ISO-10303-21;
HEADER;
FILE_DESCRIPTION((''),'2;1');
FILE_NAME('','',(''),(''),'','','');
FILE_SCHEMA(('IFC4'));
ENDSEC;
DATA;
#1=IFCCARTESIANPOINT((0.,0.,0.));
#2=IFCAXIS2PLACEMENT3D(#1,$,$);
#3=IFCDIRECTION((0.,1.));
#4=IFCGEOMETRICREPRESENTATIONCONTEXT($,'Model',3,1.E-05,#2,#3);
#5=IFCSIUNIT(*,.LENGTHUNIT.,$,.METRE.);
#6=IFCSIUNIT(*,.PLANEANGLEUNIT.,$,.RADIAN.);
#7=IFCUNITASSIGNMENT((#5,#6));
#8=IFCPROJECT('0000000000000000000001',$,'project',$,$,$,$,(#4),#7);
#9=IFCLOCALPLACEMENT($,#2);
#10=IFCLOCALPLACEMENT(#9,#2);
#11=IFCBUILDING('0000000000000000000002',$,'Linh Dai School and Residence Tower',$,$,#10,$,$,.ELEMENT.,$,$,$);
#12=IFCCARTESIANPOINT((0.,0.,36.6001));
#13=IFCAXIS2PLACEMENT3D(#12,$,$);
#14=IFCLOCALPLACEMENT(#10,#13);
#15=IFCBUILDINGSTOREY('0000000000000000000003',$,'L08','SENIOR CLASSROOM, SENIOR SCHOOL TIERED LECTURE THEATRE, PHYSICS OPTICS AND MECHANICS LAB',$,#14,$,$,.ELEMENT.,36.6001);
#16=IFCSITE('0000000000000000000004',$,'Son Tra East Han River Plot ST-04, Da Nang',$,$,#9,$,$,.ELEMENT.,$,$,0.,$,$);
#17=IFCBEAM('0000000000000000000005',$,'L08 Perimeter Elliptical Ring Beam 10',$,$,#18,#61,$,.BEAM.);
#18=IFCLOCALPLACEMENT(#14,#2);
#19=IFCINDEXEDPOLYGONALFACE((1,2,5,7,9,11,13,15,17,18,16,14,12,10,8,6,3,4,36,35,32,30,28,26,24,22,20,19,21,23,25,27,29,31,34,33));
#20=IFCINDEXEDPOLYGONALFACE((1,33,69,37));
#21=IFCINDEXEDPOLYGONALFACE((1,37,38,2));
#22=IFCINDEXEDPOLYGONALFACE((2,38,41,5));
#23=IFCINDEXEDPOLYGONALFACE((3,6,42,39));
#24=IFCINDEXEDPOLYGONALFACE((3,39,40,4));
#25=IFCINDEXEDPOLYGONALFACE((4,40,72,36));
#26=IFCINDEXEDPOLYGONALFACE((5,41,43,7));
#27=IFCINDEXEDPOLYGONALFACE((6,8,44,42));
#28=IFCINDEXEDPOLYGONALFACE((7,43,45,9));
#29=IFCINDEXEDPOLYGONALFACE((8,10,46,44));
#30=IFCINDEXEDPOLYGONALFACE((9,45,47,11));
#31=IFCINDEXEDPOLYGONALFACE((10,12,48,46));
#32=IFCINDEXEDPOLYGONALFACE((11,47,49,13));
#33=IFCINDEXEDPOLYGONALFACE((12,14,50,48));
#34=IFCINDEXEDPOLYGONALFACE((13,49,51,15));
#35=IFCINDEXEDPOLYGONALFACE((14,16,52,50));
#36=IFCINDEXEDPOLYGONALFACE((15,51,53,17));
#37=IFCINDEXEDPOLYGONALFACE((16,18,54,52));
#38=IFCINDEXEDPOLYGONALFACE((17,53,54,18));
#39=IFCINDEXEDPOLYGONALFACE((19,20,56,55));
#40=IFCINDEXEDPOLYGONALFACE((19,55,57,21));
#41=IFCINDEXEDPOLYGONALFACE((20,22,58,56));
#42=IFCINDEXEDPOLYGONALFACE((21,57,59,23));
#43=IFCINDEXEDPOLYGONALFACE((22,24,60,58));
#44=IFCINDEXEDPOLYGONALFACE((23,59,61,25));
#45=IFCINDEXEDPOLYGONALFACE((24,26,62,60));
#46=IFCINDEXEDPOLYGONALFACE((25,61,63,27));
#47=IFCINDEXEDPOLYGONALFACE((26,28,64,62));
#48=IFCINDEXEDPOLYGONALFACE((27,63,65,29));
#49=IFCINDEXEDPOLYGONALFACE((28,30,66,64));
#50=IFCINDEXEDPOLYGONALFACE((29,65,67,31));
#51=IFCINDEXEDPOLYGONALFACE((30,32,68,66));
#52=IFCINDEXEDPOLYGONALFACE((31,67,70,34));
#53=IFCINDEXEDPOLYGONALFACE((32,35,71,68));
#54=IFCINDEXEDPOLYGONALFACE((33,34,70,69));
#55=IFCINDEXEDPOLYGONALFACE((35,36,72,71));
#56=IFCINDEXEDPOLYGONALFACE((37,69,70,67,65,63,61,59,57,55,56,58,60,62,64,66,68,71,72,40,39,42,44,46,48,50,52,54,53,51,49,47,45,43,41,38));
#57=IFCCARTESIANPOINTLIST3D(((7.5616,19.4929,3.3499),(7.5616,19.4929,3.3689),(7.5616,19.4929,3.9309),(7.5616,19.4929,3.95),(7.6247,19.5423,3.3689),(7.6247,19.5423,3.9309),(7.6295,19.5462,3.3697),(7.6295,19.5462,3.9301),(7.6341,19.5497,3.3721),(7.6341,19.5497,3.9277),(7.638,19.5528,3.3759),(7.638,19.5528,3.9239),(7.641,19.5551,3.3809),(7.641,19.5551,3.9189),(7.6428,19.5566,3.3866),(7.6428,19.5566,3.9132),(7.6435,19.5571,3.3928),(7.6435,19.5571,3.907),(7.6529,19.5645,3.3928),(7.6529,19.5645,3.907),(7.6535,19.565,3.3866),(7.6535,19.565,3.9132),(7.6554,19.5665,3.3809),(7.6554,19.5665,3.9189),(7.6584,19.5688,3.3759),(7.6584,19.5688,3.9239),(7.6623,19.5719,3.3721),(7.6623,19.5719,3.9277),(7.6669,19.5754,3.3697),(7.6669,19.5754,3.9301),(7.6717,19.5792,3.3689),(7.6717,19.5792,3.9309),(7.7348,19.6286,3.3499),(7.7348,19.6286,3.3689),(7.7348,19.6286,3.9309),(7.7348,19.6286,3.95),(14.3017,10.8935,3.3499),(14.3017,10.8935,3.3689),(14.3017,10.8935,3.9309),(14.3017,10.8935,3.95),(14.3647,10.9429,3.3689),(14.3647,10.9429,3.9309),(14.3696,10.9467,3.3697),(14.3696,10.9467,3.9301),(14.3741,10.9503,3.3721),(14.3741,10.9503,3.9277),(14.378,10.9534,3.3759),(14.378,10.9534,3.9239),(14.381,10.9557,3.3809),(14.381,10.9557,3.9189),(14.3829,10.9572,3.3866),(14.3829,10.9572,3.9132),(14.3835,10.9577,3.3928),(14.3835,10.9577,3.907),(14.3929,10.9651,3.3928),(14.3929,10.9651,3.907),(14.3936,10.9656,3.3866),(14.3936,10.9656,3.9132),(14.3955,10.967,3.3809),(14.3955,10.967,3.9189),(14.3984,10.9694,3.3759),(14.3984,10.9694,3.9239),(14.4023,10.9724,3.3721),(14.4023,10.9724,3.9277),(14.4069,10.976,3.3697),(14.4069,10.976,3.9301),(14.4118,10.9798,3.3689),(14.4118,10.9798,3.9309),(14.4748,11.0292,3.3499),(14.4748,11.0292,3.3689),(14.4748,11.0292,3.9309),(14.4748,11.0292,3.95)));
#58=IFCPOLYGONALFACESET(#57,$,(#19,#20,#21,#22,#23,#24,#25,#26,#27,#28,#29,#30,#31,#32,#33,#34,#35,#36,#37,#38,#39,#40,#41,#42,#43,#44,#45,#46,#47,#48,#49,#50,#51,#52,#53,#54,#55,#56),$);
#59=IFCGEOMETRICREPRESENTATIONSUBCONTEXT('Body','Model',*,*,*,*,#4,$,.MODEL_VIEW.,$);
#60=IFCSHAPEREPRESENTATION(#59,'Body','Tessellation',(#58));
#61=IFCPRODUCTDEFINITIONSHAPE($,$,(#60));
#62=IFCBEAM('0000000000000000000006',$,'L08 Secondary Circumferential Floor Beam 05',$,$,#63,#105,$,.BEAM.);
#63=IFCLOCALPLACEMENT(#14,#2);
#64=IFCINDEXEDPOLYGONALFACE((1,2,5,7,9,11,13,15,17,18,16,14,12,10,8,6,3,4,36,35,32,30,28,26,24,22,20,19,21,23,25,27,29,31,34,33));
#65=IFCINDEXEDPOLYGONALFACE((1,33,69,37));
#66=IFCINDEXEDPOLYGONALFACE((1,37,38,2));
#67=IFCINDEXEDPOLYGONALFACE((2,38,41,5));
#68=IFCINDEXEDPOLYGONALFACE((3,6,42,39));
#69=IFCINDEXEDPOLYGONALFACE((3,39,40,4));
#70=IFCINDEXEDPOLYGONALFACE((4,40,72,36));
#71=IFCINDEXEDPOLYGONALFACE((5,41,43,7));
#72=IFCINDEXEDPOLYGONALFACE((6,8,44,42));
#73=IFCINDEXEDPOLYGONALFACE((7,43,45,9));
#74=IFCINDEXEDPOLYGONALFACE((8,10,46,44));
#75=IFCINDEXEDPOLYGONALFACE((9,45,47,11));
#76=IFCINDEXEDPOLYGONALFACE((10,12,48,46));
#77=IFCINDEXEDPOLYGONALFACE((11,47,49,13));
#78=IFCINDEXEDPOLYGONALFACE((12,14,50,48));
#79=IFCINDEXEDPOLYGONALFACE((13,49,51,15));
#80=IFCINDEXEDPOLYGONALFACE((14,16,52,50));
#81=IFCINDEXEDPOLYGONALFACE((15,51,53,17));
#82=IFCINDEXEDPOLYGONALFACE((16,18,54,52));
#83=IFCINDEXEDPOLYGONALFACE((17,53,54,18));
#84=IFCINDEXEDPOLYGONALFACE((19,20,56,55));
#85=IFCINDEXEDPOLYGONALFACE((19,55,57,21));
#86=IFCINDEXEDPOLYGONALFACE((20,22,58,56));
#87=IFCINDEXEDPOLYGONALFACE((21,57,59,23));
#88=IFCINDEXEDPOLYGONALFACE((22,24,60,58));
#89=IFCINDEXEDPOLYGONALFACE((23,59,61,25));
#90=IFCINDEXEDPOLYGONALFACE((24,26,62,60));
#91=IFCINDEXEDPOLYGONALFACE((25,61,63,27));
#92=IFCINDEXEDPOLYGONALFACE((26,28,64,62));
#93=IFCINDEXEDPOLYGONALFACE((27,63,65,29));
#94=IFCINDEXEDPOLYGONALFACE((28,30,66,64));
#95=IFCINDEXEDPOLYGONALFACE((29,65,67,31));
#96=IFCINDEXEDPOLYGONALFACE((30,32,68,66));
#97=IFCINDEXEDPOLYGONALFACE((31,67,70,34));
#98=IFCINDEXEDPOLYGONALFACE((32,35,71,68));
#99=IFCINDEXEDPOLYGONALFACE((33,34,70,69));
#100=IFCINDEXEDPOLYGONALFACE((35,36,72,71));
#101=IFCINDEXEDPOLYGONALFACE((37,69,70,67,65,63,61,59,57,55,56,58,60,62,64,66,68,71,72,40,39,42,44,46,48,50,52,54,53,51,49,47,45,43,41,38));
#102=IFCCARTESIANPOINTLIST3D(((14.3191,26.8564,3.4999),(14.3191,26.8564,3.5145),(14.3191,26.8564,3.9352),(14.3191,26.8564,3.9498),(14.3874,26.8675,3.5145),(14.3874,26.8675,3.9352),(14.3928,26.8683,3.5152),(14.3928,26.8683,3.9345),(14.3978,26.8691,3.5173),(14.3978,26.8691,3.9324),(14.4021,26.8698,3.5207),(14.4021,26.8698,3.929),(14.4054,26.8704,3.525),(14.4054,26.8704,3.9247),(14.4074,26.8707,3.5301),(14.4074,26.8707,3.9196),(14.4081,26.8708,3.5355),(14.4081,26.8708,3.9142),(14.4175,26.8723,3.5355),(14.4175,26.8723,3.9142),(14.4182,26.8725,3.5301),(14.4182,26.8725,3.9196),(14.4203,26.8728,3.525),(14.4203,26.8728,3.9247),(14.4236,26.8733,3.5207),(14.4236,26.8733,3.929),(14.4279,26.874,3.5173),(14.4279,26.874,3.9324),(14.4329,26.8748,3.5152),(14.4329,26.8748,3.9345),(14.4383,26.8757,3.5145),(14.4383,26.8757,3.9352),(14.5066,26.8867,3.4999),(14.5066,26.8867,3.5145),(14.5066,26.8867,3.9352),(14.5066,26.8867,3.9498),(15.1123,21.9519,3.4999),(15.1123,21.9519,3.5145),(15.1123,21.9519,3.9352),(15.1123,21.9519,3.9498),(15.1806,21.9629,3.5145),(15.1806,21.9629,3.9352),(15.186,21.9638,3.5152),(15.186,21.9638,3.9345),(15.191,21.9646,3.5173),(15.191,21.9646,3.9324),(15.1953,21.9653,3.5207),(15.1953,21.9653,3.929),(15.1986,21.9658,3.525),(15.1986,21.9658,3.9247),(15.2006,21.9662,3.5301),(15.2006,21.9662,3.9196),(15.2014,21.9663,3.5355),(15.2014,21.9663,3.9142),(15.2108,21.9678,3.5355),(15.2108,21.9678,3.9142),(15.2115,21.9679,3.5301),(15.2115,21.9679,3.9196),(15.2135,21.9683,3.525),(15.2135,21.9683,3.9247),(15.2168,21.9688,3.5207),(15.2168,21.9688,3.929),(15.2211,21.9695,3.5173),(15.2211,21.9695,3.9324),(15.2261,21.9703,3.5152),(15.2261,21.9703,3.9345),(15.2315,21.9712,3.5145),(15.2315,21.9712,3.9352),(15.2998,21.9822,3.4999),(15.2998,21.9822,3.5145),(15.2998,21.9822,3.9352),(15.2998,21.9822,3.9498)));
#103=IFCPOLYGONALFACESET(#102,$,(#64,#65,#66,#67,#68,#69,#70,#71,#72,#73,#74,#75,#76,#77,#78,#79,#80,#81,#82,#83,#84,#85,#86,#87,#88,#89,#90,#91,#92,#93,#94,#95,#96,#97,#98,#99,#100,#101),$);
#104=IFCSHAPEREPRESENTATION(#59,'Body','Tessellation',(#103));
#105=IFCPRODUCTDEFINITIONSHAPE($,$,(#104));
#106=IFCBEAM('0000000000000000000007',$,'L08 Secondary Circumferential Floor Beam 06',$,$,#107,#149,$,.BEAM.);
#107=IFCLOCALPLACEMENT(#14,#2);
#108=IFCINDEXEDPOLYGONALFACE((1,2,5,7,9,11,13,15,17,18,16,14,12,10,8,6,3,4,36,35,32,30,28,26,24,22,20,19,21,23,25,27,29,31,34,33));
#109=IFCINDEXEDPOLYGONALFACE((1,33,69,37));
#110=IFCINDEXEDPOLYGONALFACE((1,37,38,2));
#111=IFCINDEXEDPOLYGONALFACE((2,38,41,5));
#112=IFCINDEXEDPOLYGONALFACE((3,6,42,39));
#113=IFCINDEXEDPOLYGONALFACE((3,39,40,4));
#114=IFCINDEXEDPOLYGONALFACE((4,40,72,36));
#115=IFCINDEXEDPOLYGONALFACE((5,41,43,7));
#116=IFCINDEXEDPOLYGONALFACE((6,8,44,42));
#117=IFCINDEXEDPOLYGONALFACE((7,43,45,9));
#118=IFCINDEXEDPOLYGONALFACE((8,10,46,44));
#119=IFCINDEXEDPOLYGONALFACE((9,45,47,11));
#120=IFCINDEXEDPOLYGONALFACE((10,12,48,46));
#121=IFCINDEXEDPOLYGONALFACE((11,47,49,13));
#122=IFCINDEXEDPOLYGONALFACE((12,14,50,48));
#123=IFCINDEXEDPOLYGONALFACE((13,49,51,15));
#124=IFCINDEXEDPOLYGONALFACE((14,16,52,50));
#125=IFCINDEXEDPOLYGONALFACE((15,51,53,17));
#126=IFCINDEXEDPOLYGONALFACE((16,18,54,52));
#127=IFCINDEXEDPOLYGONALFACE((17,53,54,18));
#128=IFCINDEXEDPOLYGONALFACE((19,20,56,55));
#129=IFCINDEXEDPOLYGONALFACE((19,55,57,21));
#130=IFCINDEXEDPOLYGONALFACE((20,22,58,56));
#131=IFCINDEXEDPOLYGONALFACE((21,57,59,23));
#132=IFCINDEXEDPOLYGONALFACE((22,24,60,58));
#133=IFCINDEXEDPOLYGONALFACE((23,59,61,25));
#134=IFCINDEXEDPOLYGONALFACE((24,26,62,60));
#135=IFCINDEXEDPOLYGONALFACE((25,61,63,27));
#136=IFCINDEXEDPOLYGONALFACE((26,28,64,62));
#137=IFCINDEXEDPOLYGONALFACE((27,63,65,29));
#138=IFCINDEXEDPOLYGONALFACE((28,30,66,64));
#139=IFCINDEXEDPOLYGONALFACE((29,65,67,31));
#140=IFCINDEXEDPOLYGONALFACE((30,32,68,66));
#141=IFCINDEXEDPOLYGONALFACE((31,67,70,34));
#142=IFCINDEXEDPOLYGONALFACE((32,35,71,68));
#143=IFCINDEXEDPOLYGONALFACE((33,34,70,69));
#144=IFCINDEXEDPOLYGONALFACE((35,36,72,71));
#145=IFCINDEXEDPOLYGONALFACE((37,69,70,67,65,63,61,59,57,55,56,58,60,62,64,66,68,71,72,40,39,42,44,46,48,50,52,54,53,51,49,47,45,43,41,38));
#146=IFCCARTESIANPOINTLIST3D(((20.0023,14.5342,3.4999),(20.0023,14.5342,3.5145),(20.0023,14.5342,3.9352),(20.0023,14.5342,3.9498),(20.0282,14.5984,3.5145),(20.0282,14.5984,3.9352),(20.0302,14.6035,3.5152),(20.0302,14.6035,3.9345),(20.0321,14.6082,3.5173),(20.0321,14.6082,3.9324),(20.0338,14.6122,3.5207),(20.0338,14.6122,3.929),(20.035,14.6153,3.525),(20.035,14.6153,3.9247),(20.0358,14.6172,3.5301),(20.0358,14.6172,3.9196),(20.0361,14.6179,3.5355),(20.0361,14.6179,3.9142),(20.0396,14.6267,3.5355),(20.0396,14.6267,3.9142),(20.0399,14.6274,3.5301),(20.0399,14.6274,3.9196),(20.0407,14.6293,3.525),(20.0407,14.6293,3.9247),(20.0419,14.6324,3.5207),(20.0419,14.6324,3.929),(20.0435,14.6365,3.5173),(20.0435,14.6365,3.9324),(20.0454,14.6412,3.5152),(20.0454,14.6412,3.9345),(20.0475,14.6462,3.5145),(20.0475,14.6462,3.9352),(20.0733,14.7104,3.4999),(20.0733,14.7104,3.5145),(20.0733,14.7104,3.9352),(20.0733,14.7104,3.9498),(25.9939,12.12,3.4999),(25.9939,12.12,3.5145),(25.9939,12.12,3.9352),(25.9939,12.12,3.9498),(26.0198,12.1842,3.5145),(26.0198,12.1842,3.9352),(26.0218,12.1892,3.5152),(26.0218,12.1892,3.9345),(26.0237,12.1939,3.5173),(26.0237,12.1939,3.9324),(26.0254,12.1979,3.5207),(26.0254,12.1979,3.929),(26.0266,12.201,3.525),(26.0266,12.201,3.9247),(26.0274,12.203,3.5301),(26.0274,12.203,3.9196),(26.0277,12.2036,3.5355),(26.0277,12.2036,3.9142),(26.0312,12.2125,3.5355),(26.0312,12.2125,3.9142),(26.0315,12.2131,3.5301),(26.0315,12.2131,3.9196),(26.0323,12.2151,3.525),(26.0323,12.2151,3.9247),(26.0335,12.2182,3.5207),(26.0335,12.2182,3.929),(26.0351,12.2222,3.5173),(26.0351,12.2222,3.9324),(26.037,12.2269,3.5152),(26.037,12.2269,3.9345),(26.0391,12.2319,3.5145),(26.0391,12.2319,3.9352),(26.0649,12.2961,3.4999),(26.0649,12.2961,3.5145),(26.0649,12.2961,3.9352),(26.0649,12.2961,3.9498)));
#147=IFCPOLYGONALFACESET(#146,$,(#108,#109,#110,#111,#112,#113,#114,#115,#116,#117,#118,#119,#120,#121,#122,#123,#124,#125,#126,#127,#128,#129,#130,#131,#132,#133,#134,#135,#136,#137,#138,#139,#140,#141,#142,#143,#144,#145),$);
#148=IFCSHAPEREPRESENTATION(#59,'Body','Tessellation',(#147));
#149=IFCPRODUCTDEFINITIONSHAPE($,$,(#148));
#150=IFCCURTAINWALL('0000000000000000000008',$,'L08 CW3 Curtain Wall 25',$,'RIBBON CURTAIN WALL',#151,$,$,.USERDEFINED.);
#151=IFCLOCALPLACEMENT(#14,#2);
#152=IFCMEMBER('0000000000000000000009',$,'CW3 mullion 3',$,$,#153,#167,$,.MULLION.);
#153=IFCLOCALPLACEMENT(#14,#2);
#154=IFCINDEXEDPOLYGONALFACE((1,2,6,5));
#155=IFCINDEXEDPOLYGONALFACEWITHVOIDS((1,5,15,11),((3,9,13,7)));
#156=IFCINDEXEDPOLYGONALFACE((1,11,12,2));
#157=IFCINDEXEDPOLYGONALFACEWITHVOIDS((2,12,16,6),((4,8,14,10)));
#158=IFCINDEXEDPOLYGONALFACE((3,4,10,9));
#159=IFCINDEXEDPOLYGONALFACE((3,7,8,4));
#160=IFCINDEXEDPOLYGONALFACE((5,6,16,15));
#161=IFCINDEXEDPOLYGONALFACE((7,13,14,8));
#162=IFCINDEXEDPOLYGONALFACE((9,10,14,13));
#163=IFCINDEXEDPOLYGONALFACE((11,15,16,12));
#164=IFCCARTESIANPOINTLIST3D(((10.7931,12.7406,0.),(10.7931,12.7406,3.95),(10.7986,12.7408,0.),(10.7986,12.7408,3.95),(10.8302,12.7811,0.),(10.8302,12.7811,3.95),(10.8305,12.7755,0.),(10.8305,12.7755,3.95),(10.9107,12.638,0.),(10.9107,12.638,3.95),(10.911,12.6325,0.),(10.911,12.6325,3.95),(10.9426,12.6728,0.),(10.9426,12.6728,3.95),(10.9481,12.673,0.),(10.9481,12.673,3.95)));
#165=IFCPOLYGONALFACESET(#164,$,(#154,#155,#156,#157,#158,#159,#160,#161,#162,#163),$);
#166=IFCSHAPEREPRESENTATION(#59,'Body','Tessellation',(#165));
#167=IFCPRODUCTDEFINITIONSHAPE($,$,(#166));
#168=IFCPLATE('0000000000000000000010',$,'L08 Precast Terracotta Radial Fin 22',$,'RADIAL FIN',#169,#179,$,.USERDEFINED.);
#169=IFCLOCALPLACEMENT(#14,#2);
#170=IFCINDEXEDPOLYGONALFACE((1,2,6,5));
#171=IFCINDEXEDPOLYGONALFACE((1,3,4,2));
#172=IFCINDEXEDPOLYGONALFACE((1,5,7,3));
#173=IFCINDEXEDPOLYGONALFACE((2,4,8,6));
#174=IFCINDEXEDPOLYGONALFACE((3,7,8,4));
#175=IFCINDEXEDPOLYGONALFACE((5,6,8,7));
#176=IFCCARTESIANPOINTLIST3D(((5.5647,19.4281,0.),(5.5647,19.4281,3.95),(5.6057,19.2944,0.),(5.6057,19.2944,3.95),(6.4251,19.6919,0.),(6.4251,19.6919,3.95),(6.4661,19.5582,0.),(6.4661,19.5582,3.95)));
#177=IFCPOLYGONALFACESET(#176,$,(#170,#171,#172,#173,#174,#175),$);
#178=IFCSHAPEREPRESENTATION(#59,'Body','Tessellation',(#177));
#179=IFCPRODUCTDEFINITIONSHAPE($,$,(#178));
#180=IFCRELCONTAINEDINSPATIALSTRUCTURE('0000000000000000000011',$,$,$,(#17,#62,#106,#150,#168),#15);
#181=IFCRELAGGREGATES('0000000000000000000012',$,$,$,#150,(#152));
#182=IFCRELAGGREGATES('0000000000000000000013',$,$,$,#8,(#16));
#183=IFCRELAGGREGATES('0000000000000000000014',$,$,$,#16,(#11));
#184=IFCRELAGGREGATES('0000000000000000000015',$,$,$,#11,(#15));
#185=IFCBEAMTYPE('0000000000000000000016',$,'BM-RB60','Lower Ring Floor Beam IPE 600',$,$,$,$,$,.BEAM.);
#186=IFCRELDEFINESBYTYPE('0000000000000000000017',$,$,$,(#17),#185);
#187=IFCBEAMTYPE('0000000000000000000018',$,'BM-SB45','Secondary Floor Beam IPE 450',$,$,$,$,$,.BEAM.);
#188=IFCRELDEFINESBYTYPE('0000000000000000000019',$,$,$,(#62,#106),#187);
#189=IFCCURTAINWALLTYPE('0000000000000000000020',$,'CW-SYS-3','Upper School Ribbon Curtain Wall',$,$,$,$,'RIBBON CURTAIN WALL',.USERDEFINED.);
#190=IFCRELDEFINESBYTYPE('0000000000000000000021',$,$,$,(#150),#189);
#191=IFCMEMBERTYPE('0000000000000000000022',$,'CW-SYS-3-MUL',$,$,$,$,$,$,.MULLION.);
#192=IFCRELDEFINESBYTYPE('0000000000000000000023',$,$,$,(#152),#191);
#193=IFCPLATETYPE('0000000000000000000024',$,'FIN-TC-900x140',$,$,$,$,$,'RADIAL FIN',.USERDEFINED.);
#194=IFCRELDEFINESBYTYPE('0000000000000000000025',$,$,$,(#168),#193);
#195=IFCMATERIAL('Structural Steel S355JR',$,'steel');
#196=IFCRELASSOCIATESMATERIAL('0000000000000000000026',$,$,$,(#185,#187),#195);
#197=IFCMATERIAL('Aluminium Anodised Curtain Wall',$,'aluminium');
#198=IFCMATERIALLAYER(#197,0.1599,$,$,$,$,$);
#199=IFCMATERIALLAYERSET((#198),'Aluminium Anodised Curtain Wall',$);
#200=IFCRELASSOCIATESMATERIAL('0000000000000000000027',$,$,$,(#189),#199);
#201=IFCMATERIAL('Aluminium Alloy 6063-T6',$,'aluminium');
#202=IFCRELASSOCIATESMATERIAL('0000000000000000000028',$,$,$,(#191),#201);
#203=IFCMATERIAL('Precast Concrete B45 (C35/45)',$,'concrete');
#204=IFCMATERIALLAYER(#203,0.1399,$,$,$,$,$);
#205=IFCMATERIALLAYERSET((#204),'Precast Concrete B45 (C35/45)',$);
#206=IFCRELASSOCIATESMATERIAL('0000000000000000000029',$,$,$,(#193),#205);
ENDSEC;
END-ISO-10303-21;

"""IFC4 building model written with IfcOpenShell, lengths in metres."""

from ifc_helpers import new_model, si_unit, direction, frame, origin, origin_2d, place, context, subcontext, project, spatial, rectangle, hollow_rectangle, i_section, extrude, source, transform, mapped, material, layer, layer_set, material_profile, profile_set, type_object, element, aggregate, save


model = new_model("IFC4")

# Units and contexts
model_context = context("Model", 3, precision=1e-05, world=origin(), true_north=direction((0.0, 1.0)))
body_context = subcontext(model_context, "Body", "Model", "MODEL_VIEW")
ifc_project = project(units=[si_unit("LENGTHUNIT", "METRE"), si_unit("PLANEANGLEUNIT", "RADIAN")], contexts=[model_context])

# Site, building, storey
site_placement = place(None, origin())
site = spatial("IfcSite", under=ifc_project, at=site_placement, Name="Son Tra East Han River Plot ST-04, Da Nang", CompositionType="ELEMENT", RefElevation=0.0)
building_placement = place(site_placement, origin())
building = spatial("IfcBuilding", under=site, at=building_placement, Name="Linh Dai School and Residence Tower", CompositionType="ELEMENT")
storey_placement = place(building_placement, frame((0.0, 0.0, 36.6001)))
storey = spatial("IfcBuildingStorey", under=building, at=storey_placement, Name="L08", Description="SENIOR CLASSROOM, SENIOR SCHOOL TIERED LECTURE THEATRE, PHYSICS OPTICS AND MECHANICS LAB", CompositionType="ELEMENT", Elevation=36.6001)

# Shared definitions
ifc_material_1 = material(Name="Structural Steel S355JR", Category="steel")

# Beams
ifc_material_profile_1 = material_profile(ifc_material_1, i_section(OverallWidth=0.22, OverallDepth=0.6001, WebThickness=0.012, FlangeThickness=0.019, FilletRadius=0.0239, at=origin_2d()), Name="IPE 600")
ifc_profile_set_1 = profile_set([ifc_material_profile_1], Name="Structural Steel S355JR")
beam_type_1 = type_object("IfcBeamType", Name="BM-RB60", Description="Lower Ring Floor Beam IPE 600", PredefinedType="BEAM", material=ifc_profile_set_1)
beam_1_placement = place(storey_placement, frame((7.6482, 19.5608, 3.6499), z_axis=(0.616879, -0.787058, 0.0), x_axis=(0.787058, 0.616879, 0.0)))
element("IfcBeam", 1, at=beam_1_placement, inside=storey, type_object=beam_type_1, Name="L08 Perimeter Elliptical Ring Beam 10", PredefinedType="BEAM", context=body_context, shape_type="SweptSolid", body=[
    extrude(i_section(OverallWidth=0.22, OverallDepth=0.6001, WebThickness=0.012, FlangeThickness=0.019, FilletRadius=0.0239, at=origin_2d()), origin(), (0.0, 0.0, 1.0), 10.926),
])
ifc_material_profile_2 = material_profile(ifc_material_1, i_section(OverallWidth=0.1899, OverallDepth=0.45, WebThickness=0.0095, FlangeThickness=0.0146, FilletRadius=0.021, at=origin_2d()), Name="IPE 450")
ifc_profile_set_2 = profile_set([ifc_material_profile_2], Name="Structural Steel S355JR")
beam_type_2 = type_object("IfcBeamType", Name="BM-SB45", Description="Secondary Floor Beam IPE 450", PredefinedType="BEAM", material=ifc_profile_set_2)
beam_2_placement = place(storey_placement, frame((14.4128, 26.8716, 3.7249), z_axis=(0.159656, -0.987173, 0.0), x_axis=(0.987173, 0.159656, 0.0)))
element("IfcBeam", 2, at=beam_2_placement, inside=storey, type_object=beam_type_2, Name="L08 Secondary Circumferential Floor Beam 05", PredefinedType="BEAM", context=body_context, shape_type="SweptSolid", body=[
    extrude(i_section(OverallWidth=0.1899, OverallDepth=0.45, WebThickness=0.0095, FlangeThickness=0.0146, FilletRadius=0.021, at=origin_2d()), origin(), (0.0, 0.0, 1.0), 4.9683),
])
beam_3_placement = place(storey_placement, frame((20.0378, 14.6223, 3.7249), z_axis=(0.927533, -0.373742, 0.0), x_axis=(0.373742, 0.927533, 0.0)))
element("IfcBeam", 3, at=beam_3_placement, inside=storey, type_object=beam_type_2, Name="L08 Secondary Circumferential Floor Beam 06", PredefinedType="BEAM", context=body_context, shape_type="SweptSolid", body=[
    extrude(i_section(OverallWidth=0.1899, OverallDepth=0.45, WebThickness=0.0095, FlangeThickness=0.0146, FilletRadius=0.021, at=origin_2d()), origin(), (0.0, 0.0, 1.0), 6.4597),
])

# Curtain wall, member
ifc_material_2 = material(Name="Aluminium Anodised Curtain Wall", Category="aluminium")
ifc_layer_1 = layer(ifc_material_2, 0.1599)
ifc_layer_set_1 = layer_set([ifc_layer_1], Name="Aluminium Anodised Curtain Wall")
curtain_wall_type = type_object("IfcCurtainWallType", Name="CW-SYS-3", Description="Upper School Ribbon Curtain Wall", ElementType="RIBBON CURTAIN WALL", PredefinedType="USERDEFINED", material=ifc_layer_set_1)
curtain_wall_placement = place(storey_placement, origin())
curtain_wall = element("IfcCurtainWall", 4, at=curtain_wall_placement, inside=storey, type_object=curtain_wall_type, Name="L08 CW3 Curtain Wall 25", ObjectType="RIBBON CURTAIN WALL", PredefinedType="USERDEFINED")
ifc_material_3 = material(Name="Aluminium Alloy 6063-T6", Category="aluminium")
ifc_material_profile_3 = material_profile(ifc_material_3, hollow_rectangle(XDim=0.0549, YDim=0.1599, WallThickness=0.0039, at=origin_2d()), Name="RHS 160x55x4")
ifc_profile_set_3 = profile_set([ifc_material_profile_3], Name="Aluminium Alloy 6063-T6")
member_type = type_object("IfcMemberType", Name="CW-SYS-3-MUL", PredefinedType="MULLION", material=ifc_profile_set_3)
shared_shape_1 = source(origin(), body_context, "Body", "SweptSolid", [
    extrude(hollow_rectangle(XDim=0.0549, YDim=0.1599, WallThickness=0.0039, at=origin_2d()), origin(), (0.0, 0.0, 1.0), 3.95),
])
member_placement = place(storey_placement, frame((10.8706, 12.7068, 0.0), z_axis=(0.0, 0.0, 1.0), x_axis=(-0.675769, -0.737113, 0.0)))
member = element("IfcMember", 5, at=member_placement, type_object=member_type, Name="CW3 mullion 3", PredefinedType="MULLION", context=body_context, shape_type="MappedRepresentation", body=[
    mapped(shared_shape_1, transform((0.0, 0.0, 0.0), x_axis=(1.0, 0.0, 0.0), y_axis=(0.0, 1.0, 0.0), z_axis=(0.0, 0.0, 1.0), scale=1.0)),
])

# Plate
ifc_material_4 = material(Name="Precast Concrete B45 (C35/45)", Category="concrete")
ifc_layer_2 = layer(ifc_material_4, 0.1399)
ifc_layer_set_2 = layer_set([ifc_layer_2], Name="Precast Concrete B45 (C35/45)")
plate_type_1 = type_object("IfcPlateType", Name="FIN-TC-900x140", ElementType="RADIAL FIN", PredefinedType="USERDEFINED", material=ifc_layer_set_2)
shared_shape_2 = source(origin(), body_context, "Body", "SweptSolid", [
    extrude(rectangle(XDim=0.8999, YDim=0.1399, at=origin_2d()), origin(), (0.0, 0.0, 1.0), 3.95),
])
plate_1_placement = place(storey_placement, frame((6.0154, 19.4932, 0.0), z_axis=(0.0, 0.0, 1.0), x_axis=(-0.956068, -0.293146, 0.0)))
element("IfcPlate", 6, at=plate_1_placement, inside=storey, type_object=plate_type_1, Name="L08 Precast Terracotta Radial Fin 22", ObjectType="RADIAL FIN", PredefinedType="USERDEFINED", context=body_context, shape_type="MappedRepresentation", body=[
    mapped(shared_shape_2, transform((0.0, 0.0, 0.0), x_axis=(1.0, 0.0, 0.0), y_axis=(0.0, 1.0, 0.0), z_axis=(0.0, 0.0, 1.0), scale=1.0)),
])
aggregate(curtain_wall, [member])

save(model, "model.ifc")
